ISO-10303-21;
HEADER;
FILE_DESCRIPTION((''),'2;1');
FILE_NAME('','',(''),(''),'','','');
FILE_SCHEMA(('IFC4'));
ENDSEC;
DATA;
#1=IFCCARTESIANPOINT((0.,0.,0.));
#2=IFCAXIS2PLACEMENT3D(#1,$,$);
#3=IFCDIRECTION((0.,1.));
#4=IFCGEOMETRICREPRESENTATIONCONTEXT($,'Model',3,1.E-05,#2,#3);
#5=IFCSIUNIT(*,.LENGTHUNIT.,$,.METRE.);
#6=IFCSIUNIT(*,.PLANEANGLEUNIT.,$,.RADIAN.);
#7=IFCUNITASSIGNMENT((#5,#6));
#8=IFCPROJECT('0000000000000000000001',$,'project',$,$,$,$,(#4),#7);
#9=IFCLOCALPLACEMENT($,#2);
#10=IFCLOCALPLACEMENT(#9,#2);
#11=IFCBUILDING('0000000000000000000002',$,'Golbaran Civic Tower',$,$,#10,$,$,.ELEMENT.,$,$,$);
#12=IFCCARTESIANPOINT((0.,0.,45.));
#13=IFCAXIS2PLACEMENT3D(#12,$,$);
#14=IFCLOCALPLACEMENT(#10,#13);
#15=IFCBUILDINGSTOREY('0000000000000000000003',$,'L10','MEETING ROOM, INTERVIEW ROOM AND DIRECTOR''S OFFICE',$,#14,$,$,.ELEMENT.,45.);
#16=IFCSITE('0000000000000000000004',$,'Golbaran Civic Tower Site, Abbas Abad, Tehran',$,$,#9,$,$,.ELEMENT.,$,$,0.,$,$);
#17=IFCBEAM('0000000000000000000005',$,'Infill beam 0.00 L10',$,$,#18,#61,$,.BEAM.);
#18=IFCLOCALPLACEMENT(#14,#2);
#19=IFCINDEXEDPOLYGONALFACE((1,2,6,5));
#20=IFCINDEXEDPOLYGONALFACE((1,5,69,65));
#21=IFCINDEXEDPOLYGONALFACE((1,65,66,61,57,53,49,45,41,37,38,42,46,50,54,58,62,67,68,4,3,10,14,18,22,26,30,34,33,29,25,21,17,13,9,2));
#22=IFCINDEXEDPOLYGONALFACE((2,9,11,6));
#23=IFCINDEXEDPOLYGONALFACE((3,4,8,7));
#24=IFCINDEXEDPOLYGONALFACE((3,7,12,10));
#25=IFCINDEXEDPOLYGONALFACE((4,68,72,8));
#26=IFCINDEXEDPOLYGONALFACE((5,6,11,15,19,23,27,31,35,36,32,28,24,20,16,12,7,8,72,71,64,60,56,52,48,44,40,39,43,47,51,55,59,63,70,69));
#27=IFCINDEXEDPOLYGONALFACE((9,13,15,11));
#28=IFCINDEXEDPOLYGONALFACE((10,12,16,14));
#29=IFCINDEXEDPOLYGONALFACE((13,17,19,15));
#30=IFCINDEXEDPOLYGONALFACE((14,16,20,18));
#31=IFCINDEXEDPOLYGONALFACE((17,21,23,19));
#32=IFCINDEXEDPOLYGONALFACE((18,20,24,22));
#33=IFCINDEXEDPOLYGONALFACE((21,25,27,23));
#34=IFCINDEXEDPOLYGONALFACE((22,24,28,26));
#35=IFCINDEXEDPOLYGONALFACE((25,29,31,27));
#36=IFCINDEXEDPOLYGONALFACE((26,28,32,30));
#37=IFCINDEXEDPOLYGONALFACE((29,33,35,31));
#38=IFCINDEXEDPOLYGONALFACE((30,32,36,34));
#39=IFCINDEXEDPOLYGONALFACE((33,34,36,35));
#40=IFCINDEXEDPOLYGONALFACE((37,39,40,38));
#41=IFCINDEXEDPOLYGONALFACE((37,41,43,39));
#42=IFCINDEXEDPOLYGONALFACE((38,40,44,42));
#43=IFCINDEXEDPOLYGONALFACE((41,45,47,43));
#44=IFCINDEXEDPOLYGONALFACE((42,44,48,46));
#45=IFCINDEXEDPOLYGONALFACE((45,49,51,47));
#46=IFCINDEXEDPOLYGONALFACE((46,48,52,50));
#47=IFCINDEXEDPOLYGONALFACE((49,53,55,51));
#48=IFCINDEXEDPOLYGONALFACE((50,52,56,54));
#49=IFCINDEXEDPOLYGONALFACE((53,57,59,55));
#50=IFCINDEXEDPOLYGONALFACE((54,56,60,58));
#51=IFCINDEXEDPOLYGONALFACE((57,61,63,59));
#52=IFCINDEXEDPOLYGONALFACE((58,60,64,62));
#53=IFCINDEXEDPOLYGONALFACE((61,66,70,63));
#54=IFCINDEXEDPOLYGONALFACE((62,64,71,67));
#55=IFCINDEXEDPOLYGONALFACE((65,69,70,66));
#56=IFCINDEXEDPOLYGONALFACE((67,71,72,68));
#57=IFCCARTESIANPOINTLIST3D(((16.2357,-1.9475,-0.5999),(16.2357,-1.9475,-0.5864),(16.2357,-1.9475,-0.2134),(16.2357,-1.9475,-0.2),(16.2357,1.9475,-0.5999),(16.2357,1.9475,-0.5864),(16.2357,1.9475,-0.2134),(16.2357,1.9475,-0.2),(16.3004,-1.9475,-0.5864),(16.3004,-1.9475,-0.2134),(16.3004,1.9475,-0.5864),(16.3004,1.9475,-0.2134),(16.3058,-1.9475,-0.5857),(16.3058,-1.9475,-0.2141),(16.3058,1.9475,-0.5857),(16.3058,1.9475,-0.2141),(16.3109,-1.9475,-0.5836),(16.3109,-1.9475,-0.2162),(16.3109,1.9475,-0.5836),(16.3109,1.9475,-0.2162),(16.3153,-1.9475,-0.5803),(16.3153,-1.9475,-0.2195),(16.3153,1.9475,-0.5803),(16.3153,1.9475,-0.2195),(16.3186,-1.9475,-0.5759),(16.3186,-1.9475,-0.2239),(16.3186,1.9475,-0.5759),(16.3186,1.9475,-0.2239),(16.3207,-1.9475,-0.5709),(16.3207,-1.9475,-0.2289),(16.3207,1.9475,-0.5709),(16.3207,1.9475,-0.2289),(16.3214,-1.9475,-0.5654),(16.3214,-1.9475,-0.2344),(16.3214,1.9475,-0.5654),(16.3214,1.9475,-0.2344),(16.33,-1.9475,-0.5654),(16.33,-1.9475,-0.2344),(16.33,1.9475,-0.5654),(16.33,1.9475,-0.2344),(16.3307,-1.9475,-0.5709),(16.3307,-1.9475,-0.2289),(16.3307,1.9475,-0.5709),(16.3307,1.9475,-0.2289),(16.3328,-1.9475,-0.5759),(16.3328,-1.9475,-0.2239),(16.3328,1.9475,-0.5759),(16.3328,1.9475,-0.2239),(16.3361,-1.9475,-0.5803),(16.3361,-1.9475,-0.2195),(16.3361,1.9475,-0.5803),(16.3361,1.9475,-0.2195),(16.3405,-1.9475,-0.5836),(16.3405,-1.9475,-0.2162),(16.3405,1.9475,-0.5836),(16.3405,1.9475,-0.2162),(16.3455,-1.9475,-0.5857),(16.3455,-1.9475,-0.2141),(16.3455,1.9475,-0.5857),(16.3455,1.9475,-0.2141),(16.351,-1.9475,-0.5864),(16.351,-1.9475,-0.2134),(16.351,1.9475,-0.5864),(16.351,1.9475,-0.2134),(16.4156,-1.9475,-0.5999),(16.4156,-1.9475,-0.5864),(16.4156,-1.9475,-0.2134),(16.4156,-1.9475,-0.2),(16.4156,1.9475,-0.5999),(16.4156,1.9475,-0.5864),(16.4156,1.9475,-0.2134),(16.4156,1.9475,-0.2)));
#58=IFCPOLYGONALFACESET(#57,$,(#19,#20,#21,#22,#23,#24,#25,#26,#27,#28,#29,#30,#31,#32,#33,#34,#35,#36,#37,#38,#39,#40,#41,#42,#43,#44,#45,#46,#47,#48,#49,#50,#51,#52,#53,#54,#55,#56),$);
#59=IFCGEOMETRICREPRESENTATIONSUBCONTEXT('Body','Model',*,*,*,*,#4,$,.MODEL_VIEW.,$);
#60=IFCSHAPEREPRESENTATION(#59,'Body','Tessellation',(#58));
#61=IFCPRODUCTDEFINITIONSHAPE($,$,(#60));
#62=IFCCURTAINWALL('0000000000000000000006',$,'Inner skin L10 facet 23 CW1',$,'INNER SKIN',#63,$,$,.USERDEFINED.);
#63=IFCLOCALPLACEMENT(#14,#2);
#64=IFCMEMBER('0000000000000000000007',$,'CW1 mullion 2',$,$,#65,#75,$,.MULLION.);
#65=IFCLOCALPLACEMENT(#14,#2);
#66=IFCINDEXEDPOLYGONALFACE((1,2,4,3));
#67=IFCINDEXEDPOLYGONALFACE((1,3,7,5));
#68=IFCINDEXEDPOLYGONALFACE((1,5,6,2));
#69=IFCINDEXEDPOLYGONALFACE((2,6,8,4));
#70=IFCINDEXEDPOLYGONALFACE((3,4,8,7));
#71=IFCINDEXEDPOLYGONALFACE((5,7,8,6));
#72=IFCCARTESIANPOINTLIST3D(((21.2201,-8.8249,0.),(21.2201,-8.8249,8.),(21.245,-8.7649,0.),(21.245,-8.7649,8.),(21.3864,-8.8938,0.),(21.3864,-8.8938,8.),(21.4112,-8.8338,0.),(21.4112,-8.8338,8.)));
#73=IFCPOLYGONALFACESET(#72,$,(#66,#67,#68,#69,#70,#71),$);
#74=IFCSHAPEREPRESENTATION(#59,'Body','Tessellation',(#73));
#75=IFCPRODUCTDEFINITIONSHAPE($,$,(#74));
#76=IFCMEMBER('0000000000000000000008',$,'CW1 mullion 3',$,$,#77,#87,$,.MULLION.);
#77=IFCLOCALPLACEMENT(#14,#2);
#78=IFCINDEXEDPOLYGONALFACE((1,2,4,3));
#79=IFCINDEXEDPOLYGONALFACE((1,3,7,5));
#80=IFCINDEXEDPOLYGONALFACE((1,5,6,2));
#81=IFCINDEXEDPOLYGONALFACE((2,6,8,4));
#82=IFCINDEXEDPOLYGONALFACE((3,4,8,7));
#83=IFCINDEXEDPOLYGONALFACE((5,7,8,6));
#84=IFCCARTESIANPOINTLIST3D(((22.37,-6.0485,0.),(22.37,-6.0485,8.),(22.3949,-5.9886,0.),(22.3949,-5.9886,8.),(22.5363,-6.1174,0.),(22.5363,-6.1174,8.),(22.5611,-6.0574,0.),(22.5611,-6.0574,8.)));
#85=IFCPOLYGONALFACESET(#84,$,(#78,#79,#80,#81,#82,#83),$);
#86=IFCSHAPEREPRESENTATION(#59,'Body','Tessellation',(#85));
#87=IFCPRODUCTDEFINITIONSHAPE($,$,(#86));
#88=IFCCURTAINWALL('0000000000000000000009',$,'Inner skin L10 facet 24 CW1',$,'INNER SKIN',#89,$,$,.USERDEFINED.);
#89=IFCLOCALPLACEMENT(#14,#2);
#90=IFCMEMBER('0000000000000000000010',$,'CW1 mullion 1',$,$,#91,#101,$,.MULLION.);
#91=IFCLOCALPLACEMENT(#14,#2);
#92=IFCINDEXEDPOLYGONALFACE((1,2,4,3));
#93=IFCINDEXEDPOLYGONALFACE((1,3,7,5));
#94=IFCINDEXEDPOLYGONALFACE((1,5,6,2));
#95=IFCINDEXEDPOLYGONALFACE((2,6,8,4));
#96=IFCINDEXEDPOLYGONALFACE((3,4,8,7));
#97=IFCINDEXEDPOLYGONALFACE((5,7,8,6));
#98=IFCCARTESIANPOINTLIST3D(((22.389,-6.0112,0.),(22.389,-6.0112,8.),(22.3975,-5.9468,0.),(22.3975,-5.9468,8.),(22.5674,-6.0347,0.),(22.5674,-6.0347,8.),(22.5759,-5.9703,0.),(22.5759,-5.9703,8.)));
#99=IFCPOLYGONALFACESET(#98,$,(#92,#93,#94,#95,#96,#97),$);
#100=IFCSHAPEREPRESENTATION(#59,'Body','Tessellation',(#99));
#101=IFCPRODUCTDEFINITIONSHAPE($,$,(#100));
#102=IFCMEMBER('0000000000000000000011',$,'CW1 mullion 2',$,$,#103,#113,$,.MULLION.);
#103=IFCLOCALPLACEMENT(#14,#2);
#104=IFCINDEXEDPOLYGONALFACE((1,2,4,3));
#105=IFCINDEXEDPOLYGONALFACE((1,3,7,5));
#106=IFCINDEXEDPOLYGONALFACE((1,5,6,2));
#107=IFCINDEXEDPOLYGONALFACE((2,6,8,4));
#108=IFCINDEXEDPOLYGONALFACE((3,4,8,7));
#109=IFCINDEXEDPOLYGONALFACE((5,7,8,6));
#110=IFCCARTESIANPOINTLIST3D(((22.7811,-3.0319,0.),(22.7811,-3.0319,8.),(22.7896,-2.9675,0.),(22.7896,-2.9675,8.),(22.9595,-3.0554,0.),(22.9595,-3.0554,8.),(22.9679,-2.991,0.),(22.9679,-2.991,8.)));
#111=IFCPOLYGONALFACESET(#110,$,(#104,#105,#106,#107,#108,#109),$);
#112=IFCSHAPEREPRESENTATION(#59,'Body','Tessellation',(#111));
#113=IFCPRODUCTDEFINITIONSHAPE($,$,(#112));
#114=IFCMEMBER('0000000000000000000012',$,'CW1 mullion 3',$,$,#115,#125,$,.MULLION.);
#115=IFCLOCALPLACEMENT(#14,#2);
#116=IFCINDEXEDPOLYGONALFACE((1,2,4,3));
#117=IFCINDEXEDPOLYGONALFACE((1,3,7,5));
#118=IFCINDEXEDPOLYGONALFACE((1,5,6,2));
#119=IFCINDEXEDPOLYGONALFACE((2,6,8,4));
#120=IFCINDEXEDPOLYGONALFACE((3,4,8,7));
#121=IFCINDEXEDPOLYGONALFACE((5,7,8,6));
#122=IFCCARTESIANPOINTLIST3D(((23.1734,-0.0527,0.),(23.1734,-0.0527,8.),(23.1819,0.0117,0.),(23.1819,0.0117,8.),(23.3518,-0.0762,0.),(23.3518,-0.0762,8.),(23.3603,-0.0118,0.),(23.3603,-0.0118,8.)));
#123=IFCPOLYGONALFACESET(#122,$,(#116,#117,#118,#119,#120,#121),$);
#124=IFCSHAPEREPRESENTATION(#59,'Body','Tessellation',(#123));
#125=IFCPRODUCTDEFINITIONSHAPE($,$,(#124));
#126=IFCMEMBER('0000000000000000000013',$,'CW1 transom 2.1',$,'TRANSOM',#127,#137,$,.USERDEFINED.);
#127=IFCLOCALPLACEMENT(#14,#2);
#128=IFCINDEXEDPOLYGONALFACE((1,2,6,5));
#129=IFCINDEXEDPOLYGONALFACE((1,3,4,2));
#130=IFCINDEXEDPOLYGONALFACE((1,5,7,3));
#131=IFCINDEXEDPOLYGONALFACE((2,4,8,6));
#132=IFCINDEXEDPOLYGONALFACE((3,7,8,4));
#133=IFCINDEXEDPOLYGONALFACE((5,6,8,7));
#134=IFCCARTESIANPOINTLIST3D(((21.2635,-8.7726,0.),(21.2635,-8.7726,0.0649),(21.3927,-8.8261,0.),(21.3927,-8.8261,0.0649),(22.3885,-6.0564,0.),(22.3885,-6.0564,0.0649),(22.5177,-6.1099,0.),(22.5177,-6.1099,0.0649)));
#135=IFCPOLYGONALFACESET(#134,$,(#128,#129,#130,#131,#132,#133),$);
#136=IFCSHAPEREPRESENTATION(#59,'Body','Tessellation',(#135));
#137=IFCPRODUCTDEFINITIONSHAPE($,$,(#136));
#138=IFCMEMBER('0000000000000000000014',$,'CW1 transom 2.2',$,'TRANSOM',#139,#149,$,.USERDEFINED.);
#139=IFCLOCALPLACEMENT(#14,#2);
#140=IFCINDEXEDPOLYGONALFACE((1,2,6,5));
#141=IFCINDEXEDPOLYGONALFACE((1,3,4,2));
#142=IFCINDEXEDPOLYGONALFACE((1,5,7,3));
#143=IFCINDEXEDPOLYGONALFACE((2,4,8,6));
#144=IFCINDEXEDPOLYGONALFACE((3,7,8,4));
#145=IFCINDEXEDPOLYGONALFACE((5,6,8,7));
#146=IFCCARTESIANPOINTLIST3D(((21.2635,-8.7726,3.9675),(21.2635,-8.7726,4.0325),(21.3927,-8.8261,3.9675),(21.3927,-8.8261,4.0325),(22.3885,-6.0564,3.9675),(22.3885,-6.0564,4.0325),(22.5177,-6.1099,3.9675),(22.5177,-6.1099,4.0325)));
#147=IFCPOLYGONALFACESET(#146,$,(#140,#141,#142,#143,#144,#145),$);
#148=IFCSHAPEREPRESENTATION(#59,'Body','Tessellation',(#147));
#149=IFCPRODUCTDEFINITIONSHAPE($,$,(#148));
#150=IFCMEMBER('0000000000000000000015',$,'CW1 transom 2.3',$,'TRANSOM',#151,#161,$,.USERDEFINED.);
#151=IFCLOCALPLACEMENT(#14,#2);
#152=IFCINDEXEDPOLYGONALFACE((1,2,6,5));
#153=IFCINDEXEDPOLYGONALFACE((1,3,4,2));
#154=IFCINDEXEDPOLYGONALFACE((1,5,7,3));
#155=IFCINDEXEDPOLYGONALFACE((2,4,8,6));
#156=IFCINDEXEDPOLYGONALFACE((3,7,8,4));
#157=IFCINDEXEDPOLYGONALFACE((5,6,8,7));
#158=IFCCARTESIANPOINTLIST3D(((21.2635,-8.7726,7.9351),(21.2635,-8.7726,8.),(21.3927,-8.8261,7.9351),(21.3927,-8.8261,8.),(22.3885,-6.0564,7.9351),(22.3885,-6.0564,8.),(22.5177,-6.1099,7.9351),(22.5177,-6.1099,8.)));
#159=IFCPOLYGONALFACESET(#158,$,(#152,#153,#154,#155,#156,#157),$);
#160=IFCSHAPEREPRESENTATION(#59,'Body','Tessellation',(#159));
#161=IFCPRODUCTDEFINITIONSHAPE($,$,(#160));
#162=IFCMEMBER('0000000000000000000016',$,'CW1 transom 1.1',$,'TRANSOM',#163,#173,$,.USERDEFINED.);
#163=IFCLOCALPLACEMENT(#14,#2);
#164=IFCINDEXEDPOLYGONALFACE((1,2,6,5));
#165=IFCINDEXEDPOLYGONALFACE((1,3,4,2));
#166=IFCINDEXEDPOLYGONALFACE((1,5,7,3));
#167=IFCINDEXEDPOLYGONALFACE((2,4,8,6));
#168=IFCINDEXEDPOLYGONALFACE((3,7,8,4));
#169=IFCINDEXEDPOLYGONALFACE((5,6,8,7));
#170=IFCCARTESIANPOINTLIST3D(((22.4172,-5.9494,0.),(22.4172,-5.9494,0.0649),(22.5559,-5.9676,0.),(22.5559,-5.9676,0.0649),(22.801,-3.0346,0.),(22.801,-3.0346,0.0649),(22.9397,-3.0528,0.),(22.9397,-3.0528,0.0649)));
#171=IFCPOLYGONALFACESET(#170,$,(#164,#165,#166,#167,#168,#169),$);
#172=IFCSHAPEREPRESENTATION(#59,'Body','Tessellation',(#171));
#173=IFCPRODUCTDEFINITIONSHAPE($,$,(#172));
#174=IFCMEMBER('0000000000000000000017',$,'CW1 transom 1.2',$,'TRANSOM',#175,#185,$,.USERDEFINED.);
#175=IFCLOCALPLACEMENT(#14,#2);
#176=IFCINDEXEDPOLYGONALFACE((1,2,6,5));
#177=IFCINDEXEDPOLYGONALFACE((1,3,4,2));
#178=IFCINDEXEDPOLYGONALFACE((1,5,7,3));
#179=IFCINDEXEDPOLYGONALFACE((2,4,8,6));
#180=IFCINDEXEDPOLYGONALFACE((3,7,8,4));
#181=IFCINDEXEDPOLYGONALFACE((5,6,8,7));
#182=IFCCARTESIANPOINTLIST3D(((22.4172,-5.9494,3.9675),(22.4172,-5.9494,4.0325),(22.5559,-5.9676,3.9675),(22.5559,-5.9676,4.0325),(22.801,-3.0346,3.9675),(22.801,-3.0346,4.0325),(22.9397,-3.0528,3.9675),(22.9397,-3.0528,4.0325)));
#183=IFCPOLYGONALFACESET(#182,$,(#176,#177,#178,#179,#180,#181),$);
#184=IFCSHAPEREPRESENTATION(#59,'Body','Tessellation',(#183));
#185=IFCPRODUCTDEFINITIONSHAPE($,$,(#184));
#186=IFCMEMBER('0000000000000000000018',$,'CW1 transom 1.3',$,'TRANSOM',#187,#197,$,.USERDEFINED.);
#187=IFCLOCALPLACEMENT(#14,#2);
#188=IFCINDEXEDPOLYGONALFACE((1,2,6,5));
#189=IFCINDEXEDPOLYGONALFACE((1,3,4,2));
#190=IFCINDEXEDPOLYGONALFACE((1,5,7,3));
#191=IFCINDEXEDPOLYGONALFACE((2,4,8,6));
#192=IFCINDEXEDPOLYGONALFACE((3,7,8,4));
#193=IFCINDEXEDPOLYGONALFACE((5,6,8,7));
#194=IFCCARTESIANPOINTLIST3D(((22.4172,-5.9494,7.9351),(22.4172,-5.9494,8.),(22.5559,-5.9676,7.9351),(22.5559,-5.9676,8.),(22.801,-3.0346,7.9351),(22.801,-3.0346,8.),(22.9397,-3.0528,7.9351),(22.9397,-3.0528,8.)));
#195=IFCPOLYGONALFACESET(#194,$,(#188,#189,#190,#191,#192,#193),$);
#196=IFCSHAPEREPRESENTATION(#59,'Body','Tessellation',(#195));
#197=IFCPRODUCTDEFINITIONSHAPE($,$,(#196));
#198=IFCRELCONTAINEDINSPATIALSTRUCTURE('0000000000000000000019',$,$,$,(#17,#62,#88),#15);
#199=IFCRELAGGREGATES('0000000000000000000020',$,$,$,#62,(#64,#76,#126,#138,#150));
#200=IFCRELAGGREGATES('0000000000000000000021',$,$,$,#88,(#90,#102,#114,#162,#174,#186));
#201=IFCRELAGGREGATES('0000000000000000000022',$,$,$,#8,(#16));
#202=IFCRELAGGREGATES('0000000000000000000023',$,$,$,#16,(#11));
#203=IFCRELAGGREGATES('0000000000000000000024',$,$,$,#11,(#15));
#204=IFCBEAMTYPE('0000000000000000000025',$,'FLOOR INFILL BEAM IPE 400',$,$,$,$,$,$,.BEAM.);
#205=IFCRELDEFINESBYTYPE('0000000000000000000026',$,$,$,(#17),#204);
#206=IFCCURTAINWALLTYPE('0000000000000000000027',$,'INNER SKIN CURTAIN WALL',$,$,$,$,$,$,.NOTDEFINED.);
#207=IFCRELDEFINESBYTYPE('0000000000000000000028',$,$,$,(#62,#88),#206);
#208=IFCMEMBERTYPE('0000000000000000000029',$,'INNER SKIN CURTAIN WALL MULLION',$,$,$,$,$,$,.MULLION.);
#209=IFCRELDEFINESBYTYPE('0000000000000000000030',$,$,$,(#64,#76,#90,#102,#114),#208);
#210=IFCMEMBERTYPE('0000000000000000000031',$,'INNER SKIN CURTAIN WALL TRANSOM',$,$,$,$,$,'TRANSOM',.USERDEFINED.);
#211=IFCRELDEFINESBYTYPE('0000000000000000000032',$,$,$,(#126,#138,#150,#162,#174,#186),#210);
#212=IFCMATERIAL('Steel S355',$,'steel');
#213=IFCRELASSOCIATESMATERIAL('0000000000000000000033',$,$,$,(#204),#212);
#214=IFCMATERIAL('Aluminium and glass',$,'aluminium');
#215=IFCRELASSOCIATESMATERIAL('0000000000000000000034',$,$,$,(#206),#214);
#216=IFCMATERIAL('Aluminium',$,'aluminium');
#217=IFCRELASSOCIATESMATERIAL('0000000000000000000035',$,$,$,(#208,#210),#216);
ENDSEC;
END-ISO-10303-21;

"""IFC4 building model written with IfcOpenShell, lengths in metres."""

from ifc_helpers import new_model, si_unit, direction, frame, origin, origin_2d, place, context, subcontext, project, spatial, rectangle, i_section, extrude, material, material_profile, profile_set, type_object, element, aggregate, save


model = new_model("IFC4")

# Units and contexts
model_context = context("Model", 3, precision=1e-05, world=origin(), true_north=direction((0.0, 1.0)))
body_context = subcontext(model_context, "Body", "Model", "MODEL_VIEW")
ifc_project = project(units=[si_unit("LENGTHUNIT", "METRE"), si_unit("PLANEANGLEUNIT", "RADIAN")], contexts=[model_context])

# Site, building, storey
site_placement = place(None, origin())
site = spatial("IfcSite", under=ifc_project, at=site_placement, Name="Golbaran Civic Tower Site, Abbas Abad, Tehran", CompositionType="ELEMENT", RefElevation=0.0)
building_placement = place(site_placement, origin())
building = spatial("IfcBuilding", under=site, at=building_placement, Name="Golbaran Civic Tower", CompositionType="ELEMENT")
storey_placement = place(building_placement, frame((0.0, 0.0, 45.0)))
storey = spatial("IfcBuildingStorey", under=building, at=storey_placement, Name="L10", Description="MEETING ROOM, INTERVIEW ROOM AND DIRECTOR'S OFFICE", CompositionType="ELEMENT", Elevation=45.0)

# Beam
ifc_material_1 = material(Name="Steel S355", Category="steel")
ifc_material_profile_1 = material_profile(ifc_material_1, i_section(OverallWidth=0.1799, OverallDepth=0.3999, WebThickness=0.0085, FlangeThickness=0.0134, FilletRadius=0.021, at=origin_2d()), Name="IPE 400")
ifc_profile_set_1 = profile_set([ifc_material_profile_1], Name="Steel S355")
beam_type_1 = type_object("IfcBeamType", Name="FLOOR INFILL BEAM IPE 400", PredefinedType="BEAM", material=ifc_profile_set_1)
beam_1_placement = place(storey_placement, frame((16.3257, -1.9475, -0.3999), z_axis=(0.0, 1.0, 0.0), x_axis=(-1.0, 0.0, 0.0)))
element("IfcBeam", 1, at=beam_1_placement, inside=storey, type_object=beam_type_1, Name="Infill beam 0.00 L10", PredefinedType="BEAM", context=body_context, shape_type="SweptSolid", body=[
    extrude(i_section(OverallWidth=0.1799, OverallDepth=0.3999, WebThickness=0.0085, FlangeThickness=0.0134, FilletRadius=0.021, at=origin_2d()), origin(), (0.0, 0.0, 1.0), 3.895),
])

# Curtain walls, members
ifc_material_2 = material(Name="Aluminium and glass", Category="aluminium")
curtain_wall_type = type_object("IfcCurtainWallType", Name="INNER SKIN CURTAIN WALL", PredefinedType="NOTDEFINED", material=ifc_material_2)
curtain_wall_1_placement = place(storey_placement, origin())
curtain_wall_1 = element("IfcCurtainWall", 2, at=curtain_wall_1_placement, inside=storey, type_object=curtain_wall_type, Name="Inner skin L10 facet 23 CW1", ObjectType="INNER SKIN", PredefinedType="USERDEFINED")
ifc_material_3 = material(Name="Aluminium", Category="aluminium")
ifc_material_profile_2 = material_profile(ifc_material_3, rectangle(XDim=0.1799, YDim=0.0649, at=origin_2d()), Name="INNER SKIN CURTAIN WALL MULLION")
ifc_profile_set_2 = profile_set([ifc_material_profile_2], Name="Aluminium")
member_type_1 = type_object("IfcMemberType", Name="INNER SKIN CURTAIN WALL MULLION", PredefinedType="MULLION", material=ifc_profile_set_2)
member_1_placement = place(storey_placement, frame((21.3157, -8.8293, 0.0), z_axis=(0.0, 0.0, 1.0), x_axis=(-0.92388, 0.382683, 0.0)))
member_1 = element("IfcMember", 3, at=member_1_placement, type_object=member_type_1, Name="CW1 mullion 2", PredefinedType="MULLION", context=body_context, shape_type="SweptSolid", body=[
    extrude(rectangle(XDim=0.1799, YDim=0.0649, at=origin_2d()), origin(), (0.0, 0.0, 1.0), 8.0),
])
member_2_placement = place(storey_placement, frame((22.4656, -6.053, 0.0), z_axis=(0.0, 0.0, 1.0), x_axis=(-0.92388, 0.382683, 0.0)))
member_2 = element("IfcMember", 4, at=member_2_placement, type_object=member_type_1, Name="CW1 mullion 3", PredefinedType="MULLION", context=body_context, shape_type="SweptSolid", body=[
    extrude(rectangle(XDim=0.1799, YDim=0.0649, at=origin_2d()), origin(), (0.0, 0.0, 1.0), 8.0),
])
curtain_wall_2_placement = place(storey_placement, origin())
curtain_wall_2 = element("IfcCurtainWall", 5, at=curtain_wall_2_placement, inside=storey, type_object=curtain_wall_type, Name="Inner skin L10 facet 24 CW1", ObjectType="INNER SKIN", PredefinedType="USERDEFINED")
member_3_placement = place(storey_placement, frame((22.4824, -5.9907, 0.0), z_axis=(0.0, 0.0, 1.0), x_axis=(-0.991445, 0.130526, 0.0)))
member_3 = element("IfcMember", 6, at=member_3_placement, type_object=member_type_1, Name="CW1 mullion 1", PredefinedType="MULLION", context=body_context, shape_type="SweptSolid", body=[
    extrude(rectangle(XDim=0.1799, YDim=0.0649, at=origin_2d()), origin(), (0.0, 0.0, 1.0), 8.0),
])
member_4_placement = place(storey_placement, frame((22.8745, -3.0115, 0.0), z_axis=(0.0, 0.0, 1.0), x_axis=(-0.991445, 0.130526, 0.0)))
member_4 = element("IfcMember", 7, at=member_4_placement, type_object=member_type_1, Name="CW1 mullion 2", PredefinedType="MULLION", context=body_context, shape_type="SweptSolid", body=[
    extrude(rectangle(XDim=0.1799, YDim=0.0649, at=origin_2d()), origin(), (0.0, 0.0, 1.0), 8.0),
])
member_5_placement = place(storey_placement, frame((23.2668, -0.0322, 0.0), z_axis=(0.0, 0.0, 1.0), x_axis=(-0.991445, 0.130526, 0.0)))
member_5 = element("IfcMember", 8, at=member_5_placement, type_object=member_type_1, Name="CW1 mullion 3", PredefinedType="MULLION", context=body_context, shape_type="SweptSolid", body=[
    extrude(rectangle(XDim=0.1799, YDim=0.0649, at=origin_2d()), origin(), (0.0, 0.0, 1.0), 8.0),
])

# Members
ifc_material_profile_3 = material_profile(ifc_material_3, rectangle(XDim=0.1399, YDim=0.0649, at=origin_2d()), Name="INNER SKIN CURTAIN WALL TRANSOM")
ifc_profile_set_3 = profile_set([ifc_material_profile_3], Name="Aluminium")
member_type_2 = type_object("IfcMemberType", Name="INNER SKIN CURTAIN WALL TRANSOM", ElementType="TRANSOM", PredefinedType="USERDEFINED", material=ifc_profile_set_3)
member_6_placement = place(storey_placement, frame((21.3281, -8.7993, 0.0325), z_axis=(0.382645, 0.923895, 0.0), x_axis=(-0.923895, 0.382645, 0.0)))
member_6 = element("IfcMember", 9, at=member_6_placement, type_object=member_type_2, Name="CW1 transom 2.1", ObjectType="TRANSOM", PredefinedType="USERDEFINED", context=body_context, shape_type="SweptSolid", body=[
    extrude(rectangle(XDim=0.1399, YDim=0.0649, at=origin_2d()), origin(), (0.0, 0.0, 1.0), 2.9399),
])
member_7_placement = place(storey_placement, frame((21.3281, -8.7993, 4.0), z_axis=(0.382645, 0.923895, 0.0), x_axis=(-0.923895, 0.382645, 0.0)))
member_7 = element("IfcMember", 10, at=member_7_placement, type_object=member_type_2, Name="CW1 transom 2.2", ObjectType="TRANSOM", PredefinedType="USERDEFINED", context=body_context, shape_type="SweptSolid", body=[
    extrude(rectangle(XDim=0.1399, YDim=0.0649, at=origin_2d()), origin(), (0.0, 0.0, 1.0), 2.9399),
])
member_8_placement = place(storey_placement, frame((21.3281, -8.7993, 7.9675), z_axis=(0.382645, 0.923895, 0.0), x_axis=(-0.923895, 0.382645, 0.0)))
member_8 = element("IfcMember", 11, at=member_8_placement, type_object=member_type_2, Name="CW1 transom 2.3", ObjectType="TRANSOM", PredefinedType="USERDEFINED", context=body_context, shape_type="SweptSolid", body=[
    extrude(rectangle(XDim=0.1399, YDim=0.0649, at=origin_2d()), origin(), (0.0, 0.0, 1.0), 2.9399),
])
member_9_placement = place(storey_placement, frame((22.4866, -5.9585, 0.0325), z_axis=(0.130543, 0.991443, 0.0), x_axis=(-0.991443, 0.130543, 0.0)))
member_9 = element("IfcMember", 12, at=member_9_placement, type_object=member_type_2, Name="CW1 transom 1.1", ObjectType="TRANSOM", PredefinedType="USERDEFINED", context=body_context, shape_type="SweptSolid", body=[
    extrude(rectangle(XDim=0.1399, YDim=0.0649, at=origin_2d()), origin(), (0.0, 0.0, 1.0), 2.9399),
])
member_10_placement = place(storey_placement, frame((22.4866, -5.9585, 4.0), z_axis=(0.130543, 0.991443, 0.0), x_axis=(-0.991443, 0.130543, 0.0)))
member_10 = element("IfcMember", 13, at=member_10_placement, type_object=member_type_2, Name="CW1 transom 1.2", ObjectType="TRANSOM", PredefinedType="USERDEFINED", context=body_context, shape_type="SweptSolid", body=[
    extrude(rectangle(XDim=0.1399, YDim=0.0649, at=origin_2d()), origin(), (0.0, 0.0, 1.0), 2.9399),
])
member_11_placement = place(storey_placement, frame((22.4866, -5.9585, 7.9675), z_axis=(0.130543, 0.991443, 0.0), x_axis=(-0.991443, 0.130543, 0.0)))
member_11 = element("IfcMember", 14, at=member_11_placement, type_object=member_type_2, Name="CW1 transom 1.3", ObjectType="TRANSOM", PredefinedType="USERDEFINED", context=body_context, shape_type="SweptSolid", body=[
    extrude(rectangle(XDim=0.1399, YDim=0.0649, at=origin_2d()), origin(), (0.0, 0.0, 1.0), 2.9399),
])

aggregate(curtain_wall_1, [member_1, member_2, member_6, member_7, member_8])
aggregate(curtain_wall_2, [member_3, member_4, member_5, member_9, member_10, member_11])

save(model, "model.ifc")
